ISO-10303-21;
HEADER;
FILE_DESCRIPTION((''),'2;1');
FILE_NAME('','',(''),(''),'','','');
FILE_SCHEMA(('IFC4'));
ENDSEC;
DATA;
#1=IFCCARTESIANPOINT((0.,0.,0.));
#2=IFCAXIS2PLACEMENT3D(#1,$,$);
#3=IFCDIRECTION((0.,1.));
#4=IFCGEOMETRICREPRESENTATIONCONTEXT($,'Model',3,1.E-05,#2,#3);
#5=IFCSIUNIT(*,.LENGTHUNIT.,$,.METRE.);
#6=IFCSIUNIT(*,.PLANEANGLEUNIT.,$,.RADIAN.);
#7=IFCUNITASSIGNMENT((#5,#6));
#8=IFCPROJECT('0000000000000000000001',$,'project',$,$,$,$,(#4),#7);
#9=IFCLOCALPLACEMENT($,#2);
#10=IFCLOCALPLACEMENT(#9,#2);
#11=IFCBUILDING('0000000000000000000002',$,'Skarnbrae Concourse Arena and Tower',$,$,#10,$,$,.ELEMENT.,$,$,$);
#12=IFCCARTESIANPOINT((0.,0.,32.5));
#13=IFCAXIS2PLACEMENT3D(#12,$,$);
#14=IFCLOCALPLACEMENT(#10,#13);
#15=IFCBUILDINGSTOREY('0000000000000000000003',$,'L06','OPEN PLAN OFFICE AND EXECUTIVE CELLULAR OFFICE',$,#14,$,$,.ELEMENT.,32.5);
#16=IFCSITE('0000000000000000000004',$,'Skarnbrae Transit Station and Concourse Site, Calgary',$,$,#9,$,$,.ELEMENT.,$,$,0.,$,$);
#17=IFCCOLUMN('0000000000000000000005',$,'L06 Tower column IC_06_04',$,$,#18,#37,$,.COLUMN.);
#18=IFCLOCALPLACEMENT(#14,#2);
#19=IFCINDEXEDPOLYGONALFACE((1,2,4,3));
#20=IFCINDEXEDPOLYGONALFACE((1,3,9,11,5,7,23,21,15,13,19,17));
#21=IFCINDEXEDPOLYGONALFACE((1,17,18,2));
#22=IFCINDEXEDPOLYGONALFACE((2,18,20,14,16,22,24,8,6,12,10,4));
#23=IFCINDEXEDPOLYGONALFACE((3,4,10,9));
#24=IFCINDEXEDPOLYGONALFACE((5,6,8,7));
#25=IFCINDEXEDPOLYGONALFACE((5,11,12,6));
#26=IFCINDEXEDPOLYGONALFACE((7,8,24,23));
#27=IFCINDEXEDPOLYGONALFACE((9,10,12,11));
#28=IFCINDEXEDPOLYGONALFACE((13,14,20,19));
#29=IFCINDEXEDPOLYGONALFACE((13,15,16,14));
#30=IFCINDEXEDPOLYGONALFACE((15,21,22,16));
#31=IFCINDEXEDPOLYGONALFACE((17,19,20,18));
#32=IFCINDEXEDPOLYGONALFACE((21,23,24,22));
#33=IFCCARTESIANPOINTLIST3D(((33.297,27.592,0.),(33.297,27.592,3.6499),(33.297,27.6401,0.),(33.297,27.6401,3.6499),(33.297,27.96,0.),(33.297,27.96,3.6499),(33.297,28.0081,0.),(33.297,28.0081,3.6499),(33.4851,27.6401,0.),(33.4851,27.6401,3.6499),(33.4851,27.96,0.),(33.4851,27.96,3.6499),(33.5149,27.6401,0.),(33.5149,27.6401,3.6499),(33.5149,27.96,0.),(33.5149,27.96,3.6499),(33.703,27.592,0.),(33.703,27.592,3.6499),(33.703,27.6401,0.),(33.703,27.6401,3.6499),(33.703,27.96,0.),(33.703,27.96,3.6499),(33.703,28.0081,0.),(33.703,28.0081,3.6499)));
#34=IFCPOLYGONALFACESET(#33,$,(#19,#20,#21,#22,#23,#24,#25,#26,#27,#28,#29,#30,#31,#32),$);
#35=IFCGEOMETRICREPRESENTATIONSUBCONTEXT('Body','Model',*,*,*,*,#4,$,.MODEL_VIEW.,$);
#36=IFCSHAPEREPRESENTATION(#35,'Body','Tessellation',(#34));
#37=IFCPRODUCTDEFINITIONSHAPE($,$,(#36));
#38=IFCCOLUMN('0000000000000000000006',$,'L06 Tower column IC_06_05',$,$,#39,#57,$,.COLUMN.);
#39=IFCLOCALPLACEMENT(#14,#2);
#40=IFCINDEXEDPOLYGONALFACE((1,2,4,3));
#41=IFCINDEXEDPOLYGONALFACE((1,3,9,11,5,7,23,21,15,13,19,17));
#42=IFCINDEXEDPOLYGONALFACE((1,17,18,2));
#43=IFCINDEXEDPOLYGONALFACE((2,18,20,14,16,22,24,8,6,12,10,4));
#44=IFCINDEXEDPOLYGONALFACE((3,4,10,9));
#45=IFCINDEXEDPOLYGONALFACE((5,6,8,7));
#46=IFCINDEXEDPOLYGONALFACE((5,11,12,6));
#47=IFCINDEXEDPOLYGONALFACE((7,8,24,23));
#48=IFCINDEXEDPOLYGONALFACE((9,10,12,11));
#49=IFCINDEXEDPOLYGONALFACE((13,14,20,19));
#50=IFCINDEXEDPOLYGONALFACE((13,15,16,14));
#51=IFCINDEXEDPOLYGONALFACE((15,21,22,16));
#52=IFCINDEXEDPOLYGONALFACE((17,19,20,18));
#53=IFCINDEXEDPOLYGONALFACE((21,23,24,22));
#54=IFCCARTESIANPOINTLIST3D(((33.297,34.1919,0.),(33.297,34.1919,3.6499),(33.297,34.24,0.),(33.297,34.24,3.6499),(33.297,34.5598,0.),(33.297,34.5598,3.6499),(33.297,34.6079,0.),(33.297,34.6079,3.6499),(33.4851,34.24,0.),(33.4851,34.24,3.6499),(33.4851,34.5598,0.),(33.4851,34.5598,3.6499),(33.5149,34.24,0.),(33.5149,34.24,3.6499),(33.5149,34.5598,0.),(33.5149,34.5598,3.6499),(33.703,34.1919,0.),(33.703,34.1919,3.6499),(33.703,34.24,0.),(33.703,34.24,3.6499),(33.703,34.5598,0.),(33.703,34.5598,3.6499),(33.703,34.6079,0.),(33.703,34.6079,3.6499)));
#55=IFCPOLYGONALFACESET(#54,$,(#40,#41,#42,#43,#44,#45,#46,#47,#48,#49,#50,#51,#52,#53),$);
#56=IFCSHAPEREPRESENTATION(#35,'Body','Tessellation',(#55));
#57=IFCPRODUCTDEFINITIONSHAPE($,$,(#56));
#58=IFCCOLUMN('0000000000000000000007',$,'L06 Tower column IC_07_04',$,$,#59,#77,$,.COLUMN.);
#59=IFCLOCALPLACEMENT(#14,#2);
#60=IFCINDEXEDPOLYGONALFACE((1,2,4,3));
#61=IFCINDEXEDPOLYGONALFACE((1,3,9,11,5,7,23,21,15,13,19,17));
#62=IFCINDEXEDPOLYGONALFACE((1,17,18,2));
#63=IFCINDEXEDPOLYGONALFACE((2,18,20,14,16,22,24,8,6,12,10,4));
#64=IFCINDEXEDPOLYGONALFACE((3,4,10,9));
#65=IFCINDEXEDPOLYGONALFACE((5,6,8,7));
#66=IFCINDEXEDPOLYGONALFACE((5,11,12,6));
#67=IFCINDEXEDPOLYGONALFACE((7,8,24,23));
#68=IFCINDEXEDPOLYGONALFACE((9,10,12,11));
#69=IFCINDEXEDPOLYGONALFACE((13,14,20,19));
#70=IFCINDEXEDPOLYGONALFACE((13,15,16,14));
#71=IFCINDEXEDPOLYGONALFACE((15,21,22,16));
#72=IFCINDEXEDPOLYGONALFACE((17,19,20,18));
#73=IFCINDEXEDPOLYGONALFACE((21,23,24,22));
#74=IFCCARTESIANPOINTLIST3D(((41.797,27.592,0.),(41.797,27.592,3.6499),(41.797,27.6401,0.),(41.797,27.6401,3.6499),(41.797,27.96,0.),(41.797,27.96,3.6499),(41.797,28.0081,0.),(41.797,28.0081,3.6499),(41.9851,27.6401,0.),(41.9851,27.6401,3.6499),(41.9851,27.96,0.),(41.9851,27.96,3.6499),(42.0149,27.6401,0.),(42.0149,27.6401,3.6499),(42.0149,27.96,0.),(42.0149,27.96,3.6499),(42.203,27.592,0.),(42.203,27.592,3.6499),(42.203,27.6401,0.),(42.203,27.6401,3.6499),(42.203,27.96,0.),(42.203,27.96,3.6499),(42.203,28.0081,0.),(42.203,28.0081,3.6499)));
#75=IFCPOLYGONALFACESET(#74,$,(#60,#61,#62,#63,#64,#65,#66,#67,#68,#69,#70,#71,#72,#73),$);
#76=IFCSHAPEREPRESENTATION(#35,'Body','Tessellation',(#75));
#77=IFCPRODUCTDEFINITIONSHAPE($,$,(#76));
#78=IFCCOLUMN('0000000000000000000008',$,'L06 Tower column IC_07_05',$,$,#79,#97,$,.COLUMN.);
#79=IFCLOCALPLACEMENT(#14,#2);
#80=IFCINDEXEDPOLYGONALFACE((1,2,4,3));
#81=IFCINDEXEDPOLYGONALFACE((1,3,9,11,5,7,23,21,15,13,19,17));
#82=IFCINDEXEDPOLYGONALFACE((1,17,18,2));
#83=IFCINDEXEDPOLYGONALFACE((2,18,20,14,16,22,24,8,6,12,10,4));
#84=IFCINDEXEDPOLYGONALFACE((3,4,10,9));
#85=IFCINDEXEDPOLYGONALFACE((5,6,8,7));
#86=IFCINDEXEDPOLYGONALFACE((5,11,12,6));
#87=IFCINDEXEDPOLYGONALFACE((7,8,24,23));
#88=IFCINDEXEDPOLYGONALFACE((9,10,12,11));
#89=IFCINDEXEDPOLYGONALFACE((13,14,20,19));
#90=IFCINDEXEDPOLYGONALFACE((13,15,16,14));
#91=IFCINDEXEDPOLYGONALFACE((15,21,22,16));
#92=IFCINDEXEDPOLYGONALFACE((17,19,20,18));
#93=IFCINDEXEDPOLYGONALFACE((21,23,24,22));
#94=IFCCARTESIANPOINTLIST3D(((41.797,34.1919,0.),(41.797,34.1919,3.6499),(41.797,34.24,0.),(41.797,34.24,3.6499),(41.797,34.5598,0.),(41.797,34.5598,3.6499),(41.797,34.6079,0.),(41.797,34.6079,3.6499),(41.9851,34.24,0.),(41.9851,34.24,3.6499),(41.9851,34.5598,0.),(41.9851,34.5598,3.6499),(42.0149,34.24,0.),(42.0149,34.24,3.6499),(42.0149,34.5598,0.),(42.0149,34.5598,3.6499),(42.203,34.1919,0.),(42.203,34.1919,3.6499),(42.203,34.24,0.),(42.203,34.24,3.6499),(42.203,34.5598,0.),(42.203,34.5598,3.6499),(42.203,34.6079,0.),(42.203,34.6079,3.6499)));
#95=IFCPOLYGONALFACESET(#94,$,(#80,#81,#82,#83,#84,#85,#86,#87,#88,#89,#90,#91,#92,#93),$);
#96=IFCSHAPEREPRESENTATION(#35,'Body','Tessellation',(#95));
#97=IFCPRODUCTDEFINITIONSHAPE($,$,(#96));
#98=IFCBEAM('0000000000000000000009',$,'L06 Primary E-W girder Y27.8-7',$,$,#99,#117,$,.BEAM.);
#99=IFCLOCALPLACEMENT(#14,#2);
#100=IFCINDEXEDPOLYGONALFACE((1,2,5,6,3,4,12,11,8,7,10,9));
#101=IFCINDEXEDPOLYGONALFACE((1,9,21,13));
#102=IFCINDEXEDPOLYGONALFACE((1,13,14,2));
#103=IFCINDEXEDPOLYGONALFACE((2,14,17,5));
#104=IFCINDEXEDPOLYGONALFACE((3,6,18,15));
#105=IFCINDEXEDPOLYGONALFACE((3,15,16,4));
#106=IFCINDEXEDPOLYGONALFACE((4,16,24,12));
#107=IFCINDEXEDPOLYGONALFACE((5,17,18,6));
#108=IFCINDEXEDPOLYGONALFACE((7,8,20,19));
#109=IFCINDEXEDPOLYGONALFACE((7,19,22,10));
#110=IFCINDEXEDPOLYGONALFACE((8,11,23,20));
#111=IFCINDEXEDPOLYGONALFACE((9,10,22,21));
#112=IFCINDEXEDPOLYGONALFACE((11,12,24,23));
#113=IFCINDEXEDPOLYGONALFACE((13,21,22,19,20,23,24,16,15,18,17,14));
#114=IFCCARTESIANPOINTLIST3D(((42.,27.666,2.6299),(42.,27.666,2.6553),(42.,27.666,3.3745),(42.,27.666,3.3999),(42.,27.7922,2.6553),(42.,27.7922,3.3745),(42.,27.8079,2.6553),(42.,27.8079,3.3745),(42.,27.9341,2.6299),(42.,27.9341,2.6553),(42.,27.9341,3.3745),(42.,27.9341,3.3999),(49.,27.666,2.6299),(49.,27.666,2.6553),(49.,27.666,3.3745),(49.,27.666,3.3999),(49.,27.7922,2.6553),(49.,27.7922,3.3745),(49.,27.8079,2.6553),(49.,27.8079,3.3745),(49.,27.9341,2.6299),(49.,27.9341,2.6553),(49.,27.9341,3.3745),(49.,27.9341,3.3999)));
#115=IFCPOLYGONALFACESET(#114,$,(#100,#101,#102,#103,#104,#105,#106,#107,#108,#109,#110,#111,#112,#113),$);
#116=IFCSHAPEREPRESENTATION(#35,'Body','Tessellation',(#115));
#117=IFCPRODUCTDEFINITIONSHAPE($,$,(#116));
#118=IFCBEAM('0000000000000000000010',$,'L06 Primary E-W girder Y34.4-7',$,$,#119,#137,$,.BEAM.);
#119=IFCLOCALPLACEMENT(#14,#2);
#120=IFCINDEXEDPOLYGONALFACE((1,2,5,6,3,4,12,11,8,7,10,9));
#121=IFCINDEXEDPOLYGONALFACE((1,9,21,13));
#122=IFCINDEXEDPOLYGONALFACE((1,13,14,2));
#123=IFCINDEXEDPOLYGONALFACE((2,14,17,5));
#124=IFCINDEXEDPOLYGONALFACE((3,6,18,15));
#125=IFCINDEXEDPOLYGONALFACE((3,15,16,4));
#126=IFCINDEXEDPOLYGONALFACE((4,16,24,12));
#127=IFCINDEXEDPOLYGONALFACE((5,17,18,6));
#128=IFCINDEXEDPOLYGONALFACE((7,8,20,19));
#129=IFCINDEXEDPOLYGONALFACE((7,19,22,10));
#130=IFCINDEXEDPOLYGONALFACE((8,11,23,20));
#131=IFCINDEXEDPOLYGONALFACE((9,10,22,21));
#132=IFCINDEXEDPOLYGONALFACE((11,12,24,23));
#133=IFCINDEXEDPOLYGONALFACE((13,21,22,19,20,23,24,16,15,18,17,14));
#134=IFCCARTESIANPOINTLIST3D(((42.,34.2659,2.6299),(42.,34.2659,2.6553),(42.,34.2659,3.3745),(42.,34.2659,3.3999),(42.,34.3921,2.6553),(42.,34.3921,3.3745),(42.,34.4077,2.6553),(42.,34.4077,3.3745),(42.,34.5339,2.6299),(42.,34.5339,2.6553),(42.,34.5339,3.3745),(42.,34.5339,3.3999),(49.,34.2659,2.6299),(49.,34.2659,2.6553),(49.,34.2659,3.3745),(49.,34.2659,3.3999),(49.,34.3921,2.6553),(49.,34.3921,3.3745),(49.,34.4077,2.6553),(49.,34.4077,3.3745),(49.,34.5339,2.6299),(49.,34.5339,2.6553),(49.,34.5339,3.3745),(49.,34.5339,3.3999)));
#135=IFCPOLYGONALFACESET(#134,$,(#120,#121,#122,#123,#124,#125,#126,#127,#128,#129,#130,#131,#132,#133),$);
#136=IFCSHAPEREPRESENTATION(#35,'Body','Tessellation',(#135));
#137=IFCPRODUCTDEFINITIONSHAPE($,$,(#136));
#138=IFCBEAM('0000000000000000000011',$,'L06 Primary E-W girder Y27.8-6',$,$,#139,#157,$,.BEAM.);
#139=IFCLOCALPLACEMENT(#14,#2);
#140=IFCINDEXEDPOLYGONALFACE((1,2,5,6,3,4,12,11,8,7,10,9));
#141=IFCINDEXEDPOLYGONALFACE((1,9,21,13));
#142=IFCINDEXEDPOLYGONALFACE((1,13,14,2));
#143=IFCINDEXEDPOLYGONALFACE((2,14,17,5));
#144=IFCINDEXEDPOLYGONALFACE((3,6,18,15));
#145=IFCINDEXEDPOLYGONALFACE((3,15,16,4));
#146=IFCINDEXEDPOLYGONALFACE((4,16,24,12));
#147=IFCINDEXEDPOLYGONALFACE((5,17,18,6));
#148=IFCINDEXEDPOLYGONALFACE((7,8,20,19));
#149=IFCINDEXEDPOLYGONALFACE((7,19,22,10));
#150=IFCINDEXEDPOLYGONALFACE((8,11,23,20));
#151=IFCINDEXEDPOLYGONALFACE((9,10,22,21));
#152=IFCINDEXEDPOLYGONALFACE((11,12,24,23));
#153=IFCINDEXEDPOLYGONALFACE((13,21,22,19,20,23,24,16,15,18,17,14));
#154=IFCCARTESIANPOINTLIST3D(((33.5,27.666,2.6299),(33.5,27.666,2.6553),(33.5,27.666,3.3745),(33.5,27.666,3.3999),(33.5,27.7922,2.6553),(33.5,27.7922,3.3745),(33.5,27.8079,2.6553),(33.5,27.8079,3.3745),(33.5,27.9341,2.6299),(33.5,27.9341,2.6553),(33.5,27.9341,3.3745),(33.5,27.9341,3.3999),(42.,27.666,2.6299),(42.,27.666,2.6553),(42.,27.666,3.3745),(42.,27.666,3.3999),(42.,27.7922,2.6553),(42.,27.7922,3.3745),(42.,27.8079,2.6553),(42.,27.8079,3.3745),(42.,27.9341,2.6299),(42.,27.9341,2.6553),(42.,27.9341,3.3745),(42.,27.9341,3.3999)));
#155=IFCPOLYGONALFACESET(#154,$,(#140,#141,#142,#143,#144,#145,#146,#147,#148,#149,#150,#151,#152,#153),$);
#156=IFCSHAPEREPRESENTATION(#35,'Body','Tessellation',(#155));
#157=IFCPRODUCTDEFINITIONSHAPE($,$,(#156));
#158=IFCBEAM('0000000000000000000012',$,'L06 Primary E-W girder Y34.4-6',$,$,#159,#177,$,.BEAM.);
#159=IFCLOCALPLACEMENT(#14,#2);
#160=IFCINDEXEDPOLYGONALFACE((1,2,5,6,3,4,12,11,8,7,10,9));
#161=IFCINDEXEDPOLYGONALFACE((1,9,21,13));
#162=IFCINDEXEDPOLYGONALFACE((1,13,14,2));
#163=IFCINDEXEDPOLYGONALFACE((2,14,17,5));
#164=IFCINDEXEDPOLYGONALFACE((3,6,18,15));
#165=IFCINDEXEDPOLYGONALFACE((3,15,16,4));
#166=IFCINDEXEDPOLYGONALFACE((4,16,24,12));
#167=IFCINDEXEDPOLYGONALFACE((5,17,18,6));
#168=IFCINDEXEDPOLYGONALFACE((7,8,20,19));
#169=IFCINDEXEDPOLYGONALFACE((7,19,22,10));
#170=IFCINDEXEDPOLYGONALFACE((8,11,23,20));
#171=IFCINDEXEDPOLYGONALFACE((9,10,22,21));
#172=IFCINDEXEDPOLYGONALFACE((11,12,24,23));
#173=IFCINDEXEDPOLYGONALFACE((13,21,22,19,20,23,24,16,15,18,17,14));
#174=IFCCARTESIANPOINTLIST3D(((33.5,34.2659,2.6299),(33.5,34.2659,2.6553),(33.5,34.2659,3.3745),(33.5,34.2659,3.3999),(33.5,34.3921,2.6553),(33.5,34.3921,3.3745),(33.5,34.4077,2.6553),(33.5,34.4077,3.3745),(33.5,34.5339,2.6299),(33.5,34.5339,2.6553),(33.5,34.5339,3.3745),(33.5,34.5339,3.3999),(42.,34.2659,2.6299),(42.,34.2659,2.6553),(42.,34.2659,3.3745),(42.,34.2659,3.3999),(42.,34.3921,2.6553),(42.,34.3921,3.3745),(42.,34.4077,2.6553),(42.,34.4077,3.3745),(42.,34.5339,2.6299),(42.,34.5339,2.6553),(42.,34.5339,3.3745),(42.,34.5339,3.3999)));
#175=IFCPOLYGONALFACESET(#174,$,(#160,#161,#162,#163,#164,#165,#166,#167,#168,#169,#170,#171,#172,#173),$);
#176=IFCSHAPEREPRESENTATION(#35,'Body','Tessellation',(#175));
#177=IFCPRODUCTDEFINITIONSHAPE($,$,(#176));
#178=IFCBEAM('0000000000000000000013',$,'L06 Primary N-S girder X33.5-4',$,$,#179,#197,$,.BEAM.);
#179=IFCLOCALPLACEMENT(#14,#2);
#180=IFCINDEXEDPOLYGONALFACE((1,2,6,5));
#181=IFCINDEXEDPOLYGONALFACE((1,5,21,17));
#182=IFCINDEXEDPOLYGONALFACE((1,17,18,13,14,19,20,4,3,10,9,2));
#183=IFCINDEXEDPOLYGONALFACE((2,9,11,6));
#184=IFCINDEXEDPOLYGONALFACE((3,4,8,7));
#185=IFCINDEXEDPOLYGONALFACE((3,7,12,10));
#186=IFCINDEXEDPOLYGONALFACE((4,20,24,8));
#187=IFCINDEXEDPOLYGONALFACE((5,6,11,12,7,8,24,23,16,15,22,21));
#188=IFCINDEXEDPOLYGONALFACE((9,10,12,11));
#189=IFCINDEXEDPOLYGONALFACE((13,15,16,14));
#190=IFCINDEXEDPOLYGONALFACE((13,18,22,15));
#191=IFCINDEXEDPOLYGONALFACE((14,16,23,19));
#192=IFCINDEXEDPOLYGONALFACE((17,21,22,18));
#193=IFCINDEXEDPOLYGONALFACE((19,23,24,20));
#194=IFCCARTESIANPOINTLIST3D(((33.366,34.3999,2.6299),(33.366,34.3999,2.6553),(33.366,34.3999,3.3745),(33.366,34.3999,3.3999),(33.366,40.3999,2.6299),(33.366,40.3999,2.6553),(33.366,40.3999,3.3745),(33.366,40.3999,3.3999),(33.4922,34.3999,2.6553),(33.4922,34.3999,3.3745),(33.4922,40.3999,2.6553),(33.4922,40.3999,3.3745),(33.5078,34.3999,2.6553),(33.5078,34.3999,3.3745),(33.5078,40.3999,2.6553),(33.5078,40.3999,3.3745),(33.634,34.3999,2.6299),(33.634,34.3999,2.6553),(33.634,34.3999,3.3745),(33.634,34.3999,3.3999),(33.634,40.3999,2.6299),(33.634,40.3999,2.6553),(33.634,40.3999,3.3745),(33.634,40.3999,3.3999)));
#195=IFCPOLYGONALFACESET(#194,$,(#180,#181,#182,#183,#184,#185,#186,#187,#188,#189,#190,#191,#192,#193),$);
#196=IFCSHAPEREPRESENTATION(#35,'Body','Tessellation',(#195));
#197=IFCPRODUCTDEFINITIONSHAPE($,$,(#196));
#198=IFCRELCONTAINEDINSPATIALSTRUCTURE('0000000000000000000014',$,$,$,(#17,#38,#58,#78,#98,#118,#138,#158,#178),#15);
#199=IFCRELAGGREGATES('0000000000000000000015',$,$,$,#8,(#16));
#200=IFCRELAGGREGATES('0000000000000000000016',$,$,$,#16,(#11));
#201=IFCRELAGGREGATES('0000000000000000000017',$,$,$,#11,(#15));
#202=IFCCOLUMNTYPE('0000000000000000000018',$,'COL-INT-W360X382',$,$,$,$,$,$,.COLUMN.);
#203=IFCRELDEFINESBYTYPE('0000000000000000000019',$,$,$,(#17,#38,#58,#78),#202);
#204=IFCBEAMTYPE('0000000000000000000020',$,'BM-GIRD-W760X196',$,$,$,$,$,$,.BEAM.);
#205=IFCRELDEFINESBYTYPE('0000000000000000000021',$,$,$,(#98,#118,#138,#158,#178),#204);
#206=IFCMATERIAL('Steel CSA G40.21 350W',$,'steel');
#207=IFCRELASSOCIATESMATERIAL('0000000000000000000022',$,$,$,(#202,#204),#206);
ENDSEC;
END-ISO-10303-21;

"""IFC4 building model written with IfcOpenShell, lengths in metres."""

from ifc_helpers import new_model, si_unit, direction, frame, origin, origin_2d, place, context, subcontext, project, spatial, i_section, extrude, source, transform, mapped, material, material_profile, profile_set, type_object, element, save


model = new_model("IFC4")

# Units and contexts
model_context = context("Model", 3, precision=1e-05, world=origin(), true_north=direction((0.0, 1.0)))
body_context = subcontext(model_context, "Body", "Model", "MODEL_VIEW")
ifc_project = project(units=[si_unit("LENGTHUNIT", "METRE"), si_unit("PLANEANGLEUNIT", "RADIAN")], contexts=[model_context])

# Site, building, storey
site_placement = place(None, origin())
site = spatial("IfcSite", under=ifc_project, at=site_placement, Name="Skarnbrae Transit Station and Concourse Site, Calgary", CompositionType="ELEMENT", RefElevation=0.0)
building_placement = place(site_placement, origin())
building = spatial("IfcBuilding", under=site, at=building_placement, Name="Skarnbrae Concourse Arena and Tower", CompositionType="ELEMENT")
storey_placement = place(building_placement, frame((0.0, 0.0, 32.5)))
storey = spatial("IfcBuildingStorey", under=building, at=storey_placement, Name="L06", Description="OPEN PLAN OFFICE AND EXECUTIVE CELLULAR OFFICE", CompositionType="ELEMENT", Elevation=32.5)

# Columns
ifc_material_1 = material(Name="Steel CSA G40.21 350W", Category="steel")
ifc_material_profile_1 = material_profile(ifc_material_1, i_section(OverallWidth=0.406, OverallDepth=0.416, WebThickness=0.0298, FlangeThickness=0.0481, at=origin_2d()), Name="W360X382")
ifc_profile_set_1 = profile_set([ifc_material_profile_1], Name="Steel CSA G40.21 350W")
column_type = type_object("IfcColumnType", Name="COL-INT-W360X382", PredefinedType="COLUMN", material=ifc_profile_set_1)
shared_shape_1 = source(origin(), body_context, "Body", "SweptSolid", [
    extrude(i_section(OverallWidth=0.406, OverallDepth=0.416, WebThickness=0.0298, FlangeThickness=0.0481, at=origin_2d()), origin(), (0.0, 0.0, 1.0), 3.6499),
])
for number, where, z_axis, x_axis, name in (
    (1, (33.5, 27.8, 0.0), (0.0, 0.0, 1.0), (1.0, 0.0, 0.0), "L06 Tower column IC_06_04"),
    (2, (33.5, 34.3999, 0.0), (0.0, 0.0, 1.0), (1.0, 0.0, 0.0), "L06 Tower column IC_06_05"),
    (3, (42.0, 27.8, 0.0), (0.0, 0.0, 1.0), (1.0, 0.0, 0.0), "L06 Tower column IC_07_04"),
    (4, (42.0, 34.3999, 0.0), (0.0, 0.0, 1.0), (1.0, 0.0, 0.0), "L06 Tower column IC_07_05"),
):
    element("IfcColumn", number, at=place(storey_placement, frame(where, z_axis=z_axis, x_axis=x_axis)), inside=storey, type_object=column_type, Name=name, PredefinedType="COLUMN", context=body_context, shape_type="MappedRepresentation", body=[
        mapped(shared_shape_1, transform((0.0, 0.0, 0.0))),
    ])

# Beams
ifc_material_profile_2 = material_profile(ifc_material_1, i_section(OverallWidth=0.2681, OverallDepth=0.77, WebThickness=0.0156, FlangeThickness=0.0254, at=origin_2d()), Name="W760X196")
ifc_profile_set_2 = profile_set([ifc_material_profile_2], Name="Steel CSA G40.21 350W")
beam_type_1 = type_object("IfcBeamType", Name="BM-GIRD-W760X196", PredefinedType="BEAM", material=ifc_profile_set_2)
shared_shape_2 = source(origin(), body_context, "Body", "SweptSolid", [
    extrude(i_section(OverallWidth=0.2681, OverallDepth=0.77, WebThickness=0.0156, FlangeThickness=0.0254, at=origin_2d()), origin(), (0.0, 0.0, 1.0), 7.0),
])
for number, where, z_axis, x_axis, name in (
    (5, (42.0, 27.8, 3.0149), (1.0, 0.0, 0.0), (0.0, 1.0, 0.0), "L06 Primary E-W girder Y27.8-7"),
    (6, (42.0, 34.3999, 3.0149), (1.0, 0.0, 0.0), (0.0, 1.0, 0.0), "L06 Primary E-W girder Y34.4-7"),
):
    element("IfcBeam", number, at=place(storey_placement, frame(where, z_axis=z_axis, x_axis=x_axis)), inside=storey, type_object=beam_type_1, Name=name, PredefinedType="BEAM", context=body_context, shape_type="MappedRepresentation", body=[
        mapped(shared_shape_2, transform((0.0, 0.0, 0.0))),
    ])
shared_shape_3 = source(origin(), body_context, "Body", "SweptSolid", [
    extrude(i_section(OverallWidth=0.2681, OverallDepth=0.77, WebThickness=0.0156, FlangeThickness=0.0254, at=origin_2d()), origin(), (0.0, 0.0, 1.0), 8.5),
])
for number, where, z_axis, x_axis, name in (
    (7, (33.5, 27.8, 3.0149), (1.0, 0.0, 0.0), (0.0, 1.0, 0.0), "L06 Primary E-W girder Y27.8-6"),
    (8, (33.5, 34.3999, 3.0149), (1.0, 0.0, 0.0), (0.0, 1.0, 0.0), "L06 Primary E-W girder Y34.4-6"),
):
    element("IfcBeam", number, at=place(storey_placement, frame(where, z_axis=z_axis, x_axis=x_axis)), inside=storey, type_object=beam_type_1, Name=name, PredefinedType="BEAM", context=body_context, shape_type="MappedRepresentation", body=[
        mapped(shared_shape_3, transform((0.0, 0.0, 0.0))),
    ])
shared_shape_4 = source(origin(), body_context, "Body", "SweptSolid", [
    extrude(i_section(OverallWidth=0.2681, OverallDepth=0.77, WebThickness=0.0156, FlangeThickness=0.0254, at=origin_2d()), origin(), (0.0, 0.0, 1.0), 6.0),
])
for number, where, z_axis, x_axis, name in (
    (9, (33.5, 34.3999, 3.0149), (0.0, 1.0, 0.0), (-1.0, 0.0, 0.0), "L06 Primary N-S girder X33.5-4"),
):
    element("IfcBeam", number, at=place(storey_placement, frame(where, z_axis=z_axis, x_axis=x_axis)), inside=storey, type_object=beam_type_1, Name=name, PredefinedType="BEAM", context=body_context, shape_type="MappedRepresentation", body=[
        mapped(shared_shape_4, transform((0.0, 0.0, 0.0))),
    ])

save(model, "model.ifc")
